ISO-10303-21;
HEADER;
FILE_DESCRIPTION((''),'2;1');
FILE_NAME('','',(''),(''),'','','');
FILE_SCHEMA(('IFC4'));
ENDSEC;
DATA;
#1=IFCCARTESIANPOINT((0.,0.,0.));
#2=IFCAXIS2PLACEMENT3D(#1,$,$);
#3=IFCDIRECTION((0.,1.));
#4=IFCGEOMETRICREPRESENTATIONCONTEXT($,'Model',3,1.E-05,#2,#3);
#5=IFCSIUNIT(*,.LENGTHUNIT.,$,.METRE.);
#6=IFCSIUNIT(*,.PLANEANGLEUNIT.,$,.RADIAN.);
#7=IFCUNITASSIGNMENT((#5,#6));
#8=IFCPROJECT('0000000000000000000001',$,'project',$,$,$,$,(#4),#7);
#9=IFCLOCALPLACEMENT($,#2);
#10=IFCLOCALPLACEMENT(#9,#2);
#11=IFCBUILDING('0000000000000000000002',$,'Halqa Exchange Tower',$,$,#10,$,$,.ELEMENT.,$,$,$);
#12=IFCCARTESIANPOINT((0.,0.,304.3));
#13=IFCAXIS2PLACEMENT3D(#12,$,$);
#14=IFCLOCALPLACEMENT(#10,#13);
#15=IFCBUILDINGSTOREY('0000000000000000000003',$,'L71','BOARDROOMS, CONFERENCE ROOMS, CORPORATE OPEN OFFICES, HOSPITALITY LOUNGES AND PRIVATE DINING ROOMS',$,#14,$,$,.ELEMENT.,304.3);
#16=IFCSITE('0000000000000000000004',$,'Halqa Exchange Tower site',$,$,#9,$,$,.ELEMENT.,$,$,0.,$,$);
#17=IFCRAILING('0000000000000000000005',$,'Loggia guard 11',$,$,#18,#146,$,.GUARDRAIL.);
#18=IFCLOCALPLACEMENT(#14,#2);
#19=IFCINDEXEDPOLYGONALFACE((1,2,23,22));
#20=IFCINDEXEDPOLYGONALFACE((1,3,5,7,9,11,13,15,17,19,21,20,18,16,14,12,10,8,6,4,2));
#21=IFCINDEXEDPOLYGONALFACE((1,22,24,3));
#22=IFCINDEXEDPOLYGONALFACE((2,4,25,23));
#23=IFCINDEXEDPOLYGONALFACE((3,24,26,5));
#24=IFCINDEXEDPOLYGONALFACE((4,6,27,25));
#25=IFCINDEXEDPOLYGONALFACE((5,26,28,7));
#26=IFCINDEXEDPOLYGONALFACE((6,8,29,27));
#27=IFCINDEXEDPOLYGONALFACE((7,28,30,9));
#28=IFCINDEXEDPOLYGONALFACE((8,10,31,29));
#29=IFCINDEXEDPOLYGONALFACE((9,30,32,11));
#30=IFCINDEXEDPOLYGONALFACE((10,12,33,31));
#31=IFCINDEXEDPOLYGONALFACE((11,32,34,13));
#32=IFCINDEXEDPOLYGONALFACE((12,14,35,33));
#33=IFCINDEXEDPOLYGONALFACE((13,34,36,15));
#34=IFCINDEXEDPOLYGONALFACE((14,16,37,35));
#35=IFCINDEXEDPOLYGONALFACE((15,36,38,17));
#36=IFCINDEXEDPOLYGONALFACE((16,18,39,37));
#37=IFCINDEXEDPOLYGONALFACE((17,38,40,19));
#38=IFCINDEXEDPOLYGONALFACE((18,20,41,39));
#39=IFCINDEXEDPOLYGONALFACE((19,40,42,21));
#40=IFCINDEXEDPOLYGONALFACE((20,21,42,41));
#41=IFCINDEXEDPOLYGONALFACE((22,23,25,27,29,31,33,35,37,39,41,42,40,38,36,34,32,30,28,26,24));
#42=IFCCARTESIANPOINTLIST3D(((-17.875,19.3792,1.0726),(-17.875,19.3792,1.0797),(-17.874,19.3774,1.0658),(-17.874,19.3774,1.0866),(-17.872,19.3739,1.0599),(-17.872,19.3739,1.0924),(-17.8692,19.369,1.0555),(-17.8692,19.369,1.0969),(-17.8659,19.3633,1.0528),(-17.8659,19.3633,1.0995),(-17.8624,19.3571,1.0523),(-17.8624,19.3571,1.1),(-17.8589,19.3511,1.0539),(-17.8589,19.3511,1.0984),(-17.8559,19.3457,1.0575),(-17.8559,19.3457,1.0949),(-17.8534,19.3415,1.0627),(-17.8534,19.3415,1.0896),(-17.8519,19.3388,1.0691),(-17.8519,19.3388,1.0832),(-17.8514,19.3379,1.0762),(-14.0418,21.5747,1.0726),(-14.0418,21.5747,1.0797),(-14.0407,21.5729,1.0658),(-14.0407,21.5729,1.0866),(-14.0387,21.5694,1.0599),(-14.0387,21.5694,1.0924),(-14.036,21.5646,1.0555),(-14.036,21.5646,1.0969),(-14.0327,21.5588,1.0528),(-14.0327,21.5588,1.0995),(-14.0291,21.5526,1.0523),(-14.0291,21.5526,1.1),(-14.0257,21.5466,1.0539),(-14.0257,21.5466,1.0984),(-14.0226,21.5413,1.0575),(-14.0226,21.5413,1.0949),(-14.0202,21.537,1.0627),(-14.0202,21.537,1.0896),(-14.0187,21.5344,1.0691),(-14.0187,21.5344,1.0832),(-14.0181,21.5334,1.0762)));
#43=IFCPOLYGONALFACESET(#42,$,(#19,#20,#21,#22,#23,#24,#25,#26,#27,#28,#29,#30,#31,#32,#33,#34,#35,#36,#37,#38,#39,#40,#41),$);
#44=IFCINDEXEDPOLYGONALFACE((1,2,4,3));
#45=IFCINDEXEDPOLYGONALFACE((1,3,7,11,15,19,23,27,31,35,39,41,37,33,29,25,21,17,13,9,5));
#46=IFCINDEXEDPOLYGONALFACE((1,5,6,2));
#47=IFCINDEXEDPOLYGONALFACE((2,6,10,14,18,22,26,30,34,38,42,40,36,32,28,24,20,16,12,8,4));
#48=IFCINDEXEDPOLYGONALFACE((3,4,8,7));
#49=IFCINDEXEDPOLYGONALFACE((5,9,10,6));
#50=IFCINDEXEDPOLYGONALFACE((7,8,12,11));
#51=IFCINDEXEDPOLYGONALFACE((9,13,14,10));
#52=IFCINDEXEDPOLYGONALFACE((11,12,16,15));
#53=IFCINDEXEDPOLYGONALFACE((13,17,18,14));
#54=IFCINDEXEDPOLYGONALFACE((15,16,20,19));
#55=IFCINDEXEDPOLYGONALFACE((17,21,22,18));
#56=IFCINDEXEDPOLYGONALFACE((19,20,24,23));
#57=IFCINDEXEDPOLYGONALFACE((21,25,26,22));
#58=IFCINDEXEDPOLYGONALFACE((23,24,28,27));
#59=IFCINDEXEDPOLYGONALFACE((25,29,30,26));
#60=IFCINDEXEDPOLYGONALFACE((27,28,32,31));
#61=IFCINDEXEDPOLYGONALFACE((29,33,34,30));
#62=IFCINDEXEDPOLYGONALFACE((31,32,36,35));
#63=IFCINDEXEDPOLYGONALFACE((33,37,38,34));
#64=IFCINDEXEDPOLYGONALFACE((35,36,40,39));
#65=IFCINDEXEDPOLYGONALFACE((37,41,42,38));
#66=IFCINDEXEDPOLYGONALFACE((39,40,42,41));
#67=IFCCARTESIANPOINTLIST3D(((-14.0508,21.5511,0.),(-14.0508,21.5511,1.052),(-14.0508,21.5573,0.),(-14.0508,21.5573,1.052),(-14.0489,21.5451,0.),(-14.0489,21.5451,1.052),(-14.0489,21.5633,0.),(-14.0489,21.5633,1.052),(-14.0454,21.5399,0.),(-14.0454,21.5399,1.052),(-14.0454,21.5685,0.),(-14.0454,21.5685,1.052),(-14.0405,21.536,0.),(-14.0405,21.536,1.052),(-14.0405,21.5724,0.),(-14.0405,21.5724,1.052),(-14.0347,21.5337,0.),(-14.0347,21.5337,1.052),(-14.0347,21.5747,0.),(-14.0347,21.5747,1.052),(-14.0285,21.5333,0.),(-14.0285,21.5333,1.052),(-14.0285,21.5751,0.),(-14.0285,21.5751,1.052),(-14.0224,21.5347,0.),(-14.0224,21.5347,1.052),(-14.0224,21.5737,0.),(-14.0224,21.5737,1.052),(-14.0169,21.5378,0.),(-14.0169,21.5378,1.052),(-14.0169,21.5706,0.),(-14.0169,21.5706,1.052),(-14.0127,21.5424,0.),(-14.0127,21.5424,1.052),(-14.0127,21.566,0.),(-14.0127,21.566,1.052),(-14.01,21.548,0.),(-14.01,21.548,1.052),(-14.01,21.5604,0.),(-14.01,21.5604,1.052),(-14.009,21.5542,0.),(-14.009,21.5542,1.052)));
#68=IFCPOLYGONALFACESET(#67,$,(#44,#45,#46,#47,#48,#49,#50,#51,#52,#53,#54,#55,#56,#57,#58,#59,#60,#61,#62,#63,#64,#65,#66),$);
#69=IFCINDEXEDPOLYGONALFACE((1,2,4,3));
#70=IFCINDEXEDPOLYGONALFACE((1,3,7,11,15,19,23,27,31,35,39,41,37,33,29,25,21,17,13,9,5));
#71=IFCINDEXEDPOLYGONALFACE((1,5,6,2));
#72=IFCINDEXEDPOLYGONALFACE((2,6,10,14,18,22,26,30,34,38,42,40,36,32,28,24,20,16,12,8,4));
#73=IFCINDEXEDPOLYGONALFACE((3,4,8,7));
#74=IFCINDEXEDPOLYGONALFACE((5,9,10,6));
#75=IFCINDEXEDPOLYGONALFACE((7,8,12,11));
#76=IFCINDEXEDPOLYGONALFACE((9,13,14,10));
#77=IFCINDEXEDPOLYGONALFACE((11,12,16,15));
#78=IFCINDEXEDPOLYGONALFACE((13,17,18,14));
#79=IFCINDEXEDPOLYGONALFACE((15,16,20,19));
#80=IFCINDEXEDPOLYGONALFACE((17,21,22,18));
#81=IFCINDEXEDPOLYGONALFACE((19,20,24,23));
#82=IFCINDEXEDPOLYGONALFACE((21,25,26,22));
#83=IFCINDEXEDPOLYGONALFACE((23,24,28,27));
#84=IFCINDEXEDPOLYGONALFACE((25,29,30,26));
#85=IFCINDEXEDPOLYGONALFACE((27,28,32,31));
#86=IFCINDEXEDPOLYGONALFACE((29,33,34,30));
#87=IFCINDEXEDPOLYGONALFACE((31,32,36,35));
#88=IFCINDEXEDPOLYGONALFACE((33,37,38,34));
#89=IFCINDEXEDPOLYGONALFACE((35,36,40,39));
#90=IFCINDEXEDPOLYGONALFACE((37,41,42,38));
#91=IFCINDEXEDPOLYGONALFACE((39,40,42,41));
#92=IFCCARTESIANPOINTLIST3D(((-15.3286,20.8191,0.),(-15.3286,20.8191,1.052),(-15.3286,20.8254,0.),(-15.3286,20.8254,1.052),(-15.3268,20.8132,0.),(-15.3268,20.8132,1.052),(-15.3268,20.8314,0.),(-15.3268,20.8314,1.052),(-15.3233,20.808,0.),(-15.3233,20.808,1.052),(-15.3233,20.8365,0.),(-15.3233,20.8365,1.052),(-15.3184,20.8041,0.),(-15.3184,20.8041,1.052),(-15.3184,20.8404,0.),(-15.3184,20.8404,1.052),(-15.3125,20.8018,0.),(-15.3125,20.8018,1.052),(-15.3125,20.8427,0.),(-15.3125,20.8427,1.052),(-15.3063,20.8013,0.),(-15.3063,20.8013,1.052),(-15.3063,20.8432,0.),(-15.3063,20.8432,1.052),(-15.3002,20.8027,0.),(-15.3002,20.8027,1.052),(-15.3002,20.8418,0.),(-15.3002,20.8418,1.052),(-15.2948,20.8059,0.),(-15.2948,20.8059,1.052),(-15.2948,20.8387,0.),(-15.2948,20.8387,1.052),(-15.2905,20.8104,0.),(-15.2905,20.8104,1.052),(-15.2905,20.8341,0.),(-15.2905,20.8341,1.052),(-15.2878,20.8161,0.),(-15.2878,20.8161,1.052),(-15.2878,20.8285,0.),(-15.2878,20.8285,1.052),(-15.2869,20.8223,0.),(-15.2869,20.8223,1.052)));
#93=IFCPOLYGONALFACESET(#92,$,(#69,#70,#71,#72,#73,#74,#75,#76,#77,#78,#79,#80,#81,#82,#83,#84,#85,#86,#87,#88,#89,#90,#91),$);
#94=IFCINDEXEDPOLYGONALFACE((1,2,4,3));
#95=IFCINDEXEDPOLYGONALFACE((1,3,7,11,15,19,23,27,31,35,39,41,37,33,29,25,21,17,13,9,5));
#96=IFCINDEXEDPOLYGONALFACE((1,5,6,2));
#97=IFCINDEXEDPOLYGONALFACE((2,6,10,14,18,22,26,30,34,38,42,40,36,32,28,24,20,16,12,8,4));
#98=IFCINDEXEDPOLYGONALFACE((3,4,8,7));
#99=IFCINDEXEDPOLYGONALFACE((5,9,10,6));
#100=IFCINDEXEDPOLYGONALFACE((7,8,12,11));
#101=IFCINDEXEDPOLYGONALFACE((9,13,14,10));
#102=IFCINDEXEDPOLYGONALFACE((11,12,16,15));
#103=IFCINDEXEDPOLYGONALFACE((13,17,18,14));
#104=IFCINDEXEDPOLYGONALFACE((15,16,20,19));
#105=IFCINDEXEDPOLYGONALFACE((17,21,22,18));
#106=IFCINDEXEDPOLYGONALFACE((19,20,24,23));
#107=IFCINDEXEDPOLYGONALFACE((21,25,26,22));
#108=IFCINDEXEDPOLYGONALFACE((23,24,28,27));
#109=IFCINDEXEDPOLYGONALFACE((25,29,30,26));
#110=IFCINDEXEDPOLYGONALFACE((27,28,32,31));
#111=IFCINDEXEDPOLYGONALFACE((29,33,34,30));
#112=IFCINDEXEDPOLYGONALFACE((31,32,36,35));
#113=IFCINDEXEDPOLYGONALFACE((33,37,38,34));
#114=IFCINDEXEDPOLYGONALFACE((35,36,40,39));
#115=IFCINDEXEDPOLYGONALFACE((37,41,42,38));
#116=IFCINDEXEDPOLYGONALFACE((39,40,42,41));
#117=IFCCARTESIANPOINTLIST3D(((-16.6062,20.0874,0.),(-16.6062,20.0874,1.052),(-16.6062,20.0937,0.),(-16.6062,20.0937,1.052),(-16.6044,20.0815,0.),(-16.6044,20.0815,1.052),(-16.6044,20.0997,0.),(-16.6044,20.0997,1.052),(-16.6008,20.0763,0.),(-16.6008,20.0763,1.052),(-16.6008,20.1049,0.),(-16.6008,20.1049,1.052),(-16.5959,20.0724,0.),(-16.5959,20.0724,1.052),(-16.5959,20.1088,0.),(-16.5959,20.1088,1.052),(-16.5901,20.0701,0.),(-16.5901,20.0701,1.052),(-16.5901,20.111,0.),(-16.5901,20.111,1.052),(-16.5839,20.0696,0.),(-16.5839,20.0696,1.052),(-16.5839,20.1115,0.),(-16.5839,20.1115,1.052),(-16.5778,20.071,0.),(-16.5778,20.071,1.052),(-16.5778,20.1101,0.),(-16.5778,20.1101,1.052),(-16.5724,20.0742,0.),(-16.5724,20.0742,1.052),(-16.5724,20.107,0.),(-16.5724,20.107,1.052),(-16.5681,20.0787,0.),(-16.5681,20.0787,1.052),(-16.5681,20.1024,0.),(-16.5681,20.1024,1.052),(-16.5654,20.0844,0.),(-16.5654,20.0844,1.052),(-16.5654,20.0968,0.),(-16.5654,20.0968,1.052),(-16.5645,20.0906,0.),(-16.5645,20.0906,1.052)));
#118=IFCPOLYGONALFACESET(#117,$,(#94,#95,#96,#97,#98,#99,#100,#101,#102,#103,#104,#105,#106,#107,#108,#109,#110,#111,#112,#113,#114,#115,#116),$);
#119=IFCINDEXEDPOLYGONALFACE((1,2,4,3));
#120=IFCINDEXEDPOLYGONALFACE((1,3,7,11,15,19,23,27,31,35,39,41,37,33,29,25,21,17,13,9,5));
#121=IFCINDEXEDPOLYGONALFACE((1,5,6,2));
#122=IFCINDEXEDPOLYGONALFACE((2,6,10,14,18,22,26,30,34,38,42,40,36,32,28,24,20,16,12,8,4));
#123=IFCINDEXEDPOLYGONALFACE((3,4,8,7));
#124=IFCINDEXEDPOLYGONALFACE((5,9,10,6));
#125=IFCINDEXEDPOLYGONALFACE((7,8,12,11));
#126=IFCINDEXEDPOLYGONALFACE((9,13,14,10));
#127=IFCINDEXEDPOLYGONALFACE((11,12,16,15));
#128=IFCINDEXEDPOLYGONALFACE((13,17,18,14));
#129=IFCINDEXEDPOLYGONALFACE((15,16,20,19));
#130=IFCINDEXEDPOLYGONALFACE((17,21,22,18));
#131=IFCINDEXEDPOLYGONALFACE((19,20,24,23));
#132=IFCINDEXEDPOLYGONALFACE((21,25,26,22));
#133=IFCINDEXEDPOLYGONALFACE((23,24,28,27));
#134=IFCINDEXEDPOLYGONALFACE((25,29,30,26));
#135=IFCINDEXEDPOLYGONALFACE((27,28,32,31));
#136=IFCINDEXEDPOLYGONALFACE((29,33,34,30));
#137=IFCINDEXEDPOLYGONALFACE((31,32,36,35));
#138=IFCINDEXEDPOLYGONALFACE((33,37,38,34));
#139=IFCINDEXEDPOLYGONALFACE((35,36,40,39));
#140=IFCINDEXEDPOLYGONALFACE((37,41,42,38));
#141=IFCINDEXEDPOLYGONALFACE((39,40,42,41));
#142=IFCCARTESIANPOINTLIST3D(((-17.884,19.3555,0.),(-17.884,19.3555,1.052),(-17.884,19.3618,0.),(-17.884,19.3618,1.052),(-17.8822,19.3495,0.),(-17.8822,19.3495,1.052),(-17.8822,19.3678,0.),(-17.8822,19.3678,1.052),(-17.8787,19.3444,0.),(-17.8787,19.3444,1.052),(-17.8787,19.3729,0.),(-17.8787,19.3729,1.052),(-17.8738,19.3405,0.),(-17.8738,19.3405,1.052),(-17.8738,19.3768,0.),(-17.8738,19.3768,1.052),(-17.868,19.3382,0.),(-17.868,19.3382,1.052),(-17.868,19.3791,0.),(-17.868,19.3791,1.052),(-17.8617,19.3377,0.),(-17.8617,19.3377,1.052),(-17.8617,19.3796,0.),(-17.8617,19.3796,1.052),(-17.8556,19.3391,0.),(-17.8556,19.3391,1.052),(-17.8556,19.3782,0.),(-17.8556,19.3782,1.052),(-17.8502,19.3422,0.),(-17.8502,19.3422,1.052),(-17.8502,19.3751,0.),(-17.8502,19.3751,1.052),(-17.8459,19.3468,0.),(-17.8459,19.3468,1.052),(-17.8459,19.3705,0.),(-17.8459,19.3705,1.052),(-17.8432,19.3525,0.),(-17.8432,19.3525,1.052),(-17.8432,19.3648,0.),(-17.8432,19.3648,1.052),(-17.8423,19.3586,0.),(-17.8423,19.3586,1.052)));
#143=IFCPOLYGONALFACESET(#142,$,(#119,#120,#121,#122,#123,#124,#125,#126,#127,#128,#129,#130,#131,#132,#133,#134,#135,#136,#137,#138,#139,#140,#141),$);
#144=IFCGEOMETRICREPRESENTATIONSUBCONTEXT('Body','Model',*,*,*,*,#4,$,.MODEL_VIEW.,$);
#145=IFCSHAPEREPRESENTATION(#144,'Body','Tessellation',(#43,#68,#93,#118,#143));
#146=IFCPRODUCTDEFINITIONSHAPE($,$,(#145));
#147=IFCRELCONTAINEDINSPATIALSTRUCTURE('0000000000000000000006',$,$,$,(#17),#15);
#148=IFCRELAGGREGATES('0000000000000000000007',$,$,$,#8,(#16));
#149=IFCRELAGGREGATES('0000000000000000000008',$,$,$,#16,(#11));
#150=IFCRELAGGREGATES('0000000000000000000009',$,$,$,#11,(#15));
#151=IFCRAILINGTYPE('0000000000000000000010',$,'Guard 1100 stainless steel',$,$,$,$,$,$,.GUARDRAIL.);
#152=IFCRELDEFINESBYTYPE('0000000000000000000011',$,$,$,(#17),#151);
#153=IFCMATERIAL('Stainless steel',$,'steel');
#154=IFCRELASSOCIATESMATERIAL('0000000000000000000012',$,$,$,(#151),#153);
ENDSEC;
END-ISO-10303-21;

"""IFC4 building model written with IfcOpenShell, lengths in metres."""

from ifc_helpers import new_model, si_unit, direction, frame, origin, origin_2d, place, context, subcontext, project, spatial, circle, extrude, material, type_object, element, save


model = new_model("IFC4")

# Units and contexts
model_context = context("Model", 3, precision=1e-05, world=origin(), true_north=direction((0.0, 1.0)))
body_context = subcontext(model_context, "Body", "Model", "MODEL_VIEW")
ifc_project = project(units=[si_unit("LENGTHUNIT", "METRE"), si_unit("PLANEANGLEUNIT", "RADIAN")], contexts=[model_context])

# Site, building, storey
site_placement = place(None, origin())
site = spatial("IfcSite", under=ifc_project, at=site_placement, Name="Halqa Exchange Tower site", CompositionType="ELEMENT", RefElevation=0.0)
building_placement = place(site_placement, origin())
building = spatial("IfcBuilding", under=site, at=building_placement, Name="Halqa Exchange Tower", CompositionType="ELEMENT")
storey_placement = place(building_placement, frame((0.0, 0.0, 304.3)))
storey = spatial("IfcBuildingStorey", under=building, at=storey_placement, Name="L71", Description="BOARDROOMS, CONFERENCE ROOMS, CORPORATE OPEN OFFICES, HOSPITALITY LOUNGES AND PRIVATE DINING ROOMS", CompositionType="ELEMENT", Elevation=304.3)

# Railing
ifc_material_1 = material(Name="Stainless steel", Category="steel")
railing_type = type_object("IfcRailingType", Name="Guard 1100 stainless steel", PredefinedType="GUARDRAIL", material=ifc_material_1)
railing_1_placement = place(storey_placement, frame((-14.03, 21.5542, 0.0)))
element("IfcRailing", 1, at=railing_1_placement, inside=storey, type_object=railing_type, Name="Loggia guard 11", PredefinedType="GUARDRAIL", context=body_context, shape_type="SweptSolid", body=[
    extrude(circle(Radius=0.0239, at=origin_2d()), frame((0.0, 0.0, 1.0762), z_axis=(-0.867743, -0.497014, 0.0), x_axis=(0.497014, -0.867743, 0.0)), (0.0, 0.0, 1.0), 4.4175),
    extrude(circle(Radius=0.021, at=origin_2d()), origin(), (0.0, 0.0, 1.0), 1.052),
    extrude(circle(Radius=0.021, at=origin_2d()), frame((-1.2778, -0.7319, 0.0)), (0.0, 0.0, 1.0), 1.052),
    extrude(circle(Radius=0.021, at=origin_2d()), frame((-2.5554, -1.4636, 0.0)), (0.0, 0.0, 1.0), 1.052),
    extrude(circle(Radius=0.021, at=origin_2d()), frame((-3.8333, -2.1956, 0.0)), (0.0, 0.0, 1.0), 1.052),
])

save(model, "model.ifc")
